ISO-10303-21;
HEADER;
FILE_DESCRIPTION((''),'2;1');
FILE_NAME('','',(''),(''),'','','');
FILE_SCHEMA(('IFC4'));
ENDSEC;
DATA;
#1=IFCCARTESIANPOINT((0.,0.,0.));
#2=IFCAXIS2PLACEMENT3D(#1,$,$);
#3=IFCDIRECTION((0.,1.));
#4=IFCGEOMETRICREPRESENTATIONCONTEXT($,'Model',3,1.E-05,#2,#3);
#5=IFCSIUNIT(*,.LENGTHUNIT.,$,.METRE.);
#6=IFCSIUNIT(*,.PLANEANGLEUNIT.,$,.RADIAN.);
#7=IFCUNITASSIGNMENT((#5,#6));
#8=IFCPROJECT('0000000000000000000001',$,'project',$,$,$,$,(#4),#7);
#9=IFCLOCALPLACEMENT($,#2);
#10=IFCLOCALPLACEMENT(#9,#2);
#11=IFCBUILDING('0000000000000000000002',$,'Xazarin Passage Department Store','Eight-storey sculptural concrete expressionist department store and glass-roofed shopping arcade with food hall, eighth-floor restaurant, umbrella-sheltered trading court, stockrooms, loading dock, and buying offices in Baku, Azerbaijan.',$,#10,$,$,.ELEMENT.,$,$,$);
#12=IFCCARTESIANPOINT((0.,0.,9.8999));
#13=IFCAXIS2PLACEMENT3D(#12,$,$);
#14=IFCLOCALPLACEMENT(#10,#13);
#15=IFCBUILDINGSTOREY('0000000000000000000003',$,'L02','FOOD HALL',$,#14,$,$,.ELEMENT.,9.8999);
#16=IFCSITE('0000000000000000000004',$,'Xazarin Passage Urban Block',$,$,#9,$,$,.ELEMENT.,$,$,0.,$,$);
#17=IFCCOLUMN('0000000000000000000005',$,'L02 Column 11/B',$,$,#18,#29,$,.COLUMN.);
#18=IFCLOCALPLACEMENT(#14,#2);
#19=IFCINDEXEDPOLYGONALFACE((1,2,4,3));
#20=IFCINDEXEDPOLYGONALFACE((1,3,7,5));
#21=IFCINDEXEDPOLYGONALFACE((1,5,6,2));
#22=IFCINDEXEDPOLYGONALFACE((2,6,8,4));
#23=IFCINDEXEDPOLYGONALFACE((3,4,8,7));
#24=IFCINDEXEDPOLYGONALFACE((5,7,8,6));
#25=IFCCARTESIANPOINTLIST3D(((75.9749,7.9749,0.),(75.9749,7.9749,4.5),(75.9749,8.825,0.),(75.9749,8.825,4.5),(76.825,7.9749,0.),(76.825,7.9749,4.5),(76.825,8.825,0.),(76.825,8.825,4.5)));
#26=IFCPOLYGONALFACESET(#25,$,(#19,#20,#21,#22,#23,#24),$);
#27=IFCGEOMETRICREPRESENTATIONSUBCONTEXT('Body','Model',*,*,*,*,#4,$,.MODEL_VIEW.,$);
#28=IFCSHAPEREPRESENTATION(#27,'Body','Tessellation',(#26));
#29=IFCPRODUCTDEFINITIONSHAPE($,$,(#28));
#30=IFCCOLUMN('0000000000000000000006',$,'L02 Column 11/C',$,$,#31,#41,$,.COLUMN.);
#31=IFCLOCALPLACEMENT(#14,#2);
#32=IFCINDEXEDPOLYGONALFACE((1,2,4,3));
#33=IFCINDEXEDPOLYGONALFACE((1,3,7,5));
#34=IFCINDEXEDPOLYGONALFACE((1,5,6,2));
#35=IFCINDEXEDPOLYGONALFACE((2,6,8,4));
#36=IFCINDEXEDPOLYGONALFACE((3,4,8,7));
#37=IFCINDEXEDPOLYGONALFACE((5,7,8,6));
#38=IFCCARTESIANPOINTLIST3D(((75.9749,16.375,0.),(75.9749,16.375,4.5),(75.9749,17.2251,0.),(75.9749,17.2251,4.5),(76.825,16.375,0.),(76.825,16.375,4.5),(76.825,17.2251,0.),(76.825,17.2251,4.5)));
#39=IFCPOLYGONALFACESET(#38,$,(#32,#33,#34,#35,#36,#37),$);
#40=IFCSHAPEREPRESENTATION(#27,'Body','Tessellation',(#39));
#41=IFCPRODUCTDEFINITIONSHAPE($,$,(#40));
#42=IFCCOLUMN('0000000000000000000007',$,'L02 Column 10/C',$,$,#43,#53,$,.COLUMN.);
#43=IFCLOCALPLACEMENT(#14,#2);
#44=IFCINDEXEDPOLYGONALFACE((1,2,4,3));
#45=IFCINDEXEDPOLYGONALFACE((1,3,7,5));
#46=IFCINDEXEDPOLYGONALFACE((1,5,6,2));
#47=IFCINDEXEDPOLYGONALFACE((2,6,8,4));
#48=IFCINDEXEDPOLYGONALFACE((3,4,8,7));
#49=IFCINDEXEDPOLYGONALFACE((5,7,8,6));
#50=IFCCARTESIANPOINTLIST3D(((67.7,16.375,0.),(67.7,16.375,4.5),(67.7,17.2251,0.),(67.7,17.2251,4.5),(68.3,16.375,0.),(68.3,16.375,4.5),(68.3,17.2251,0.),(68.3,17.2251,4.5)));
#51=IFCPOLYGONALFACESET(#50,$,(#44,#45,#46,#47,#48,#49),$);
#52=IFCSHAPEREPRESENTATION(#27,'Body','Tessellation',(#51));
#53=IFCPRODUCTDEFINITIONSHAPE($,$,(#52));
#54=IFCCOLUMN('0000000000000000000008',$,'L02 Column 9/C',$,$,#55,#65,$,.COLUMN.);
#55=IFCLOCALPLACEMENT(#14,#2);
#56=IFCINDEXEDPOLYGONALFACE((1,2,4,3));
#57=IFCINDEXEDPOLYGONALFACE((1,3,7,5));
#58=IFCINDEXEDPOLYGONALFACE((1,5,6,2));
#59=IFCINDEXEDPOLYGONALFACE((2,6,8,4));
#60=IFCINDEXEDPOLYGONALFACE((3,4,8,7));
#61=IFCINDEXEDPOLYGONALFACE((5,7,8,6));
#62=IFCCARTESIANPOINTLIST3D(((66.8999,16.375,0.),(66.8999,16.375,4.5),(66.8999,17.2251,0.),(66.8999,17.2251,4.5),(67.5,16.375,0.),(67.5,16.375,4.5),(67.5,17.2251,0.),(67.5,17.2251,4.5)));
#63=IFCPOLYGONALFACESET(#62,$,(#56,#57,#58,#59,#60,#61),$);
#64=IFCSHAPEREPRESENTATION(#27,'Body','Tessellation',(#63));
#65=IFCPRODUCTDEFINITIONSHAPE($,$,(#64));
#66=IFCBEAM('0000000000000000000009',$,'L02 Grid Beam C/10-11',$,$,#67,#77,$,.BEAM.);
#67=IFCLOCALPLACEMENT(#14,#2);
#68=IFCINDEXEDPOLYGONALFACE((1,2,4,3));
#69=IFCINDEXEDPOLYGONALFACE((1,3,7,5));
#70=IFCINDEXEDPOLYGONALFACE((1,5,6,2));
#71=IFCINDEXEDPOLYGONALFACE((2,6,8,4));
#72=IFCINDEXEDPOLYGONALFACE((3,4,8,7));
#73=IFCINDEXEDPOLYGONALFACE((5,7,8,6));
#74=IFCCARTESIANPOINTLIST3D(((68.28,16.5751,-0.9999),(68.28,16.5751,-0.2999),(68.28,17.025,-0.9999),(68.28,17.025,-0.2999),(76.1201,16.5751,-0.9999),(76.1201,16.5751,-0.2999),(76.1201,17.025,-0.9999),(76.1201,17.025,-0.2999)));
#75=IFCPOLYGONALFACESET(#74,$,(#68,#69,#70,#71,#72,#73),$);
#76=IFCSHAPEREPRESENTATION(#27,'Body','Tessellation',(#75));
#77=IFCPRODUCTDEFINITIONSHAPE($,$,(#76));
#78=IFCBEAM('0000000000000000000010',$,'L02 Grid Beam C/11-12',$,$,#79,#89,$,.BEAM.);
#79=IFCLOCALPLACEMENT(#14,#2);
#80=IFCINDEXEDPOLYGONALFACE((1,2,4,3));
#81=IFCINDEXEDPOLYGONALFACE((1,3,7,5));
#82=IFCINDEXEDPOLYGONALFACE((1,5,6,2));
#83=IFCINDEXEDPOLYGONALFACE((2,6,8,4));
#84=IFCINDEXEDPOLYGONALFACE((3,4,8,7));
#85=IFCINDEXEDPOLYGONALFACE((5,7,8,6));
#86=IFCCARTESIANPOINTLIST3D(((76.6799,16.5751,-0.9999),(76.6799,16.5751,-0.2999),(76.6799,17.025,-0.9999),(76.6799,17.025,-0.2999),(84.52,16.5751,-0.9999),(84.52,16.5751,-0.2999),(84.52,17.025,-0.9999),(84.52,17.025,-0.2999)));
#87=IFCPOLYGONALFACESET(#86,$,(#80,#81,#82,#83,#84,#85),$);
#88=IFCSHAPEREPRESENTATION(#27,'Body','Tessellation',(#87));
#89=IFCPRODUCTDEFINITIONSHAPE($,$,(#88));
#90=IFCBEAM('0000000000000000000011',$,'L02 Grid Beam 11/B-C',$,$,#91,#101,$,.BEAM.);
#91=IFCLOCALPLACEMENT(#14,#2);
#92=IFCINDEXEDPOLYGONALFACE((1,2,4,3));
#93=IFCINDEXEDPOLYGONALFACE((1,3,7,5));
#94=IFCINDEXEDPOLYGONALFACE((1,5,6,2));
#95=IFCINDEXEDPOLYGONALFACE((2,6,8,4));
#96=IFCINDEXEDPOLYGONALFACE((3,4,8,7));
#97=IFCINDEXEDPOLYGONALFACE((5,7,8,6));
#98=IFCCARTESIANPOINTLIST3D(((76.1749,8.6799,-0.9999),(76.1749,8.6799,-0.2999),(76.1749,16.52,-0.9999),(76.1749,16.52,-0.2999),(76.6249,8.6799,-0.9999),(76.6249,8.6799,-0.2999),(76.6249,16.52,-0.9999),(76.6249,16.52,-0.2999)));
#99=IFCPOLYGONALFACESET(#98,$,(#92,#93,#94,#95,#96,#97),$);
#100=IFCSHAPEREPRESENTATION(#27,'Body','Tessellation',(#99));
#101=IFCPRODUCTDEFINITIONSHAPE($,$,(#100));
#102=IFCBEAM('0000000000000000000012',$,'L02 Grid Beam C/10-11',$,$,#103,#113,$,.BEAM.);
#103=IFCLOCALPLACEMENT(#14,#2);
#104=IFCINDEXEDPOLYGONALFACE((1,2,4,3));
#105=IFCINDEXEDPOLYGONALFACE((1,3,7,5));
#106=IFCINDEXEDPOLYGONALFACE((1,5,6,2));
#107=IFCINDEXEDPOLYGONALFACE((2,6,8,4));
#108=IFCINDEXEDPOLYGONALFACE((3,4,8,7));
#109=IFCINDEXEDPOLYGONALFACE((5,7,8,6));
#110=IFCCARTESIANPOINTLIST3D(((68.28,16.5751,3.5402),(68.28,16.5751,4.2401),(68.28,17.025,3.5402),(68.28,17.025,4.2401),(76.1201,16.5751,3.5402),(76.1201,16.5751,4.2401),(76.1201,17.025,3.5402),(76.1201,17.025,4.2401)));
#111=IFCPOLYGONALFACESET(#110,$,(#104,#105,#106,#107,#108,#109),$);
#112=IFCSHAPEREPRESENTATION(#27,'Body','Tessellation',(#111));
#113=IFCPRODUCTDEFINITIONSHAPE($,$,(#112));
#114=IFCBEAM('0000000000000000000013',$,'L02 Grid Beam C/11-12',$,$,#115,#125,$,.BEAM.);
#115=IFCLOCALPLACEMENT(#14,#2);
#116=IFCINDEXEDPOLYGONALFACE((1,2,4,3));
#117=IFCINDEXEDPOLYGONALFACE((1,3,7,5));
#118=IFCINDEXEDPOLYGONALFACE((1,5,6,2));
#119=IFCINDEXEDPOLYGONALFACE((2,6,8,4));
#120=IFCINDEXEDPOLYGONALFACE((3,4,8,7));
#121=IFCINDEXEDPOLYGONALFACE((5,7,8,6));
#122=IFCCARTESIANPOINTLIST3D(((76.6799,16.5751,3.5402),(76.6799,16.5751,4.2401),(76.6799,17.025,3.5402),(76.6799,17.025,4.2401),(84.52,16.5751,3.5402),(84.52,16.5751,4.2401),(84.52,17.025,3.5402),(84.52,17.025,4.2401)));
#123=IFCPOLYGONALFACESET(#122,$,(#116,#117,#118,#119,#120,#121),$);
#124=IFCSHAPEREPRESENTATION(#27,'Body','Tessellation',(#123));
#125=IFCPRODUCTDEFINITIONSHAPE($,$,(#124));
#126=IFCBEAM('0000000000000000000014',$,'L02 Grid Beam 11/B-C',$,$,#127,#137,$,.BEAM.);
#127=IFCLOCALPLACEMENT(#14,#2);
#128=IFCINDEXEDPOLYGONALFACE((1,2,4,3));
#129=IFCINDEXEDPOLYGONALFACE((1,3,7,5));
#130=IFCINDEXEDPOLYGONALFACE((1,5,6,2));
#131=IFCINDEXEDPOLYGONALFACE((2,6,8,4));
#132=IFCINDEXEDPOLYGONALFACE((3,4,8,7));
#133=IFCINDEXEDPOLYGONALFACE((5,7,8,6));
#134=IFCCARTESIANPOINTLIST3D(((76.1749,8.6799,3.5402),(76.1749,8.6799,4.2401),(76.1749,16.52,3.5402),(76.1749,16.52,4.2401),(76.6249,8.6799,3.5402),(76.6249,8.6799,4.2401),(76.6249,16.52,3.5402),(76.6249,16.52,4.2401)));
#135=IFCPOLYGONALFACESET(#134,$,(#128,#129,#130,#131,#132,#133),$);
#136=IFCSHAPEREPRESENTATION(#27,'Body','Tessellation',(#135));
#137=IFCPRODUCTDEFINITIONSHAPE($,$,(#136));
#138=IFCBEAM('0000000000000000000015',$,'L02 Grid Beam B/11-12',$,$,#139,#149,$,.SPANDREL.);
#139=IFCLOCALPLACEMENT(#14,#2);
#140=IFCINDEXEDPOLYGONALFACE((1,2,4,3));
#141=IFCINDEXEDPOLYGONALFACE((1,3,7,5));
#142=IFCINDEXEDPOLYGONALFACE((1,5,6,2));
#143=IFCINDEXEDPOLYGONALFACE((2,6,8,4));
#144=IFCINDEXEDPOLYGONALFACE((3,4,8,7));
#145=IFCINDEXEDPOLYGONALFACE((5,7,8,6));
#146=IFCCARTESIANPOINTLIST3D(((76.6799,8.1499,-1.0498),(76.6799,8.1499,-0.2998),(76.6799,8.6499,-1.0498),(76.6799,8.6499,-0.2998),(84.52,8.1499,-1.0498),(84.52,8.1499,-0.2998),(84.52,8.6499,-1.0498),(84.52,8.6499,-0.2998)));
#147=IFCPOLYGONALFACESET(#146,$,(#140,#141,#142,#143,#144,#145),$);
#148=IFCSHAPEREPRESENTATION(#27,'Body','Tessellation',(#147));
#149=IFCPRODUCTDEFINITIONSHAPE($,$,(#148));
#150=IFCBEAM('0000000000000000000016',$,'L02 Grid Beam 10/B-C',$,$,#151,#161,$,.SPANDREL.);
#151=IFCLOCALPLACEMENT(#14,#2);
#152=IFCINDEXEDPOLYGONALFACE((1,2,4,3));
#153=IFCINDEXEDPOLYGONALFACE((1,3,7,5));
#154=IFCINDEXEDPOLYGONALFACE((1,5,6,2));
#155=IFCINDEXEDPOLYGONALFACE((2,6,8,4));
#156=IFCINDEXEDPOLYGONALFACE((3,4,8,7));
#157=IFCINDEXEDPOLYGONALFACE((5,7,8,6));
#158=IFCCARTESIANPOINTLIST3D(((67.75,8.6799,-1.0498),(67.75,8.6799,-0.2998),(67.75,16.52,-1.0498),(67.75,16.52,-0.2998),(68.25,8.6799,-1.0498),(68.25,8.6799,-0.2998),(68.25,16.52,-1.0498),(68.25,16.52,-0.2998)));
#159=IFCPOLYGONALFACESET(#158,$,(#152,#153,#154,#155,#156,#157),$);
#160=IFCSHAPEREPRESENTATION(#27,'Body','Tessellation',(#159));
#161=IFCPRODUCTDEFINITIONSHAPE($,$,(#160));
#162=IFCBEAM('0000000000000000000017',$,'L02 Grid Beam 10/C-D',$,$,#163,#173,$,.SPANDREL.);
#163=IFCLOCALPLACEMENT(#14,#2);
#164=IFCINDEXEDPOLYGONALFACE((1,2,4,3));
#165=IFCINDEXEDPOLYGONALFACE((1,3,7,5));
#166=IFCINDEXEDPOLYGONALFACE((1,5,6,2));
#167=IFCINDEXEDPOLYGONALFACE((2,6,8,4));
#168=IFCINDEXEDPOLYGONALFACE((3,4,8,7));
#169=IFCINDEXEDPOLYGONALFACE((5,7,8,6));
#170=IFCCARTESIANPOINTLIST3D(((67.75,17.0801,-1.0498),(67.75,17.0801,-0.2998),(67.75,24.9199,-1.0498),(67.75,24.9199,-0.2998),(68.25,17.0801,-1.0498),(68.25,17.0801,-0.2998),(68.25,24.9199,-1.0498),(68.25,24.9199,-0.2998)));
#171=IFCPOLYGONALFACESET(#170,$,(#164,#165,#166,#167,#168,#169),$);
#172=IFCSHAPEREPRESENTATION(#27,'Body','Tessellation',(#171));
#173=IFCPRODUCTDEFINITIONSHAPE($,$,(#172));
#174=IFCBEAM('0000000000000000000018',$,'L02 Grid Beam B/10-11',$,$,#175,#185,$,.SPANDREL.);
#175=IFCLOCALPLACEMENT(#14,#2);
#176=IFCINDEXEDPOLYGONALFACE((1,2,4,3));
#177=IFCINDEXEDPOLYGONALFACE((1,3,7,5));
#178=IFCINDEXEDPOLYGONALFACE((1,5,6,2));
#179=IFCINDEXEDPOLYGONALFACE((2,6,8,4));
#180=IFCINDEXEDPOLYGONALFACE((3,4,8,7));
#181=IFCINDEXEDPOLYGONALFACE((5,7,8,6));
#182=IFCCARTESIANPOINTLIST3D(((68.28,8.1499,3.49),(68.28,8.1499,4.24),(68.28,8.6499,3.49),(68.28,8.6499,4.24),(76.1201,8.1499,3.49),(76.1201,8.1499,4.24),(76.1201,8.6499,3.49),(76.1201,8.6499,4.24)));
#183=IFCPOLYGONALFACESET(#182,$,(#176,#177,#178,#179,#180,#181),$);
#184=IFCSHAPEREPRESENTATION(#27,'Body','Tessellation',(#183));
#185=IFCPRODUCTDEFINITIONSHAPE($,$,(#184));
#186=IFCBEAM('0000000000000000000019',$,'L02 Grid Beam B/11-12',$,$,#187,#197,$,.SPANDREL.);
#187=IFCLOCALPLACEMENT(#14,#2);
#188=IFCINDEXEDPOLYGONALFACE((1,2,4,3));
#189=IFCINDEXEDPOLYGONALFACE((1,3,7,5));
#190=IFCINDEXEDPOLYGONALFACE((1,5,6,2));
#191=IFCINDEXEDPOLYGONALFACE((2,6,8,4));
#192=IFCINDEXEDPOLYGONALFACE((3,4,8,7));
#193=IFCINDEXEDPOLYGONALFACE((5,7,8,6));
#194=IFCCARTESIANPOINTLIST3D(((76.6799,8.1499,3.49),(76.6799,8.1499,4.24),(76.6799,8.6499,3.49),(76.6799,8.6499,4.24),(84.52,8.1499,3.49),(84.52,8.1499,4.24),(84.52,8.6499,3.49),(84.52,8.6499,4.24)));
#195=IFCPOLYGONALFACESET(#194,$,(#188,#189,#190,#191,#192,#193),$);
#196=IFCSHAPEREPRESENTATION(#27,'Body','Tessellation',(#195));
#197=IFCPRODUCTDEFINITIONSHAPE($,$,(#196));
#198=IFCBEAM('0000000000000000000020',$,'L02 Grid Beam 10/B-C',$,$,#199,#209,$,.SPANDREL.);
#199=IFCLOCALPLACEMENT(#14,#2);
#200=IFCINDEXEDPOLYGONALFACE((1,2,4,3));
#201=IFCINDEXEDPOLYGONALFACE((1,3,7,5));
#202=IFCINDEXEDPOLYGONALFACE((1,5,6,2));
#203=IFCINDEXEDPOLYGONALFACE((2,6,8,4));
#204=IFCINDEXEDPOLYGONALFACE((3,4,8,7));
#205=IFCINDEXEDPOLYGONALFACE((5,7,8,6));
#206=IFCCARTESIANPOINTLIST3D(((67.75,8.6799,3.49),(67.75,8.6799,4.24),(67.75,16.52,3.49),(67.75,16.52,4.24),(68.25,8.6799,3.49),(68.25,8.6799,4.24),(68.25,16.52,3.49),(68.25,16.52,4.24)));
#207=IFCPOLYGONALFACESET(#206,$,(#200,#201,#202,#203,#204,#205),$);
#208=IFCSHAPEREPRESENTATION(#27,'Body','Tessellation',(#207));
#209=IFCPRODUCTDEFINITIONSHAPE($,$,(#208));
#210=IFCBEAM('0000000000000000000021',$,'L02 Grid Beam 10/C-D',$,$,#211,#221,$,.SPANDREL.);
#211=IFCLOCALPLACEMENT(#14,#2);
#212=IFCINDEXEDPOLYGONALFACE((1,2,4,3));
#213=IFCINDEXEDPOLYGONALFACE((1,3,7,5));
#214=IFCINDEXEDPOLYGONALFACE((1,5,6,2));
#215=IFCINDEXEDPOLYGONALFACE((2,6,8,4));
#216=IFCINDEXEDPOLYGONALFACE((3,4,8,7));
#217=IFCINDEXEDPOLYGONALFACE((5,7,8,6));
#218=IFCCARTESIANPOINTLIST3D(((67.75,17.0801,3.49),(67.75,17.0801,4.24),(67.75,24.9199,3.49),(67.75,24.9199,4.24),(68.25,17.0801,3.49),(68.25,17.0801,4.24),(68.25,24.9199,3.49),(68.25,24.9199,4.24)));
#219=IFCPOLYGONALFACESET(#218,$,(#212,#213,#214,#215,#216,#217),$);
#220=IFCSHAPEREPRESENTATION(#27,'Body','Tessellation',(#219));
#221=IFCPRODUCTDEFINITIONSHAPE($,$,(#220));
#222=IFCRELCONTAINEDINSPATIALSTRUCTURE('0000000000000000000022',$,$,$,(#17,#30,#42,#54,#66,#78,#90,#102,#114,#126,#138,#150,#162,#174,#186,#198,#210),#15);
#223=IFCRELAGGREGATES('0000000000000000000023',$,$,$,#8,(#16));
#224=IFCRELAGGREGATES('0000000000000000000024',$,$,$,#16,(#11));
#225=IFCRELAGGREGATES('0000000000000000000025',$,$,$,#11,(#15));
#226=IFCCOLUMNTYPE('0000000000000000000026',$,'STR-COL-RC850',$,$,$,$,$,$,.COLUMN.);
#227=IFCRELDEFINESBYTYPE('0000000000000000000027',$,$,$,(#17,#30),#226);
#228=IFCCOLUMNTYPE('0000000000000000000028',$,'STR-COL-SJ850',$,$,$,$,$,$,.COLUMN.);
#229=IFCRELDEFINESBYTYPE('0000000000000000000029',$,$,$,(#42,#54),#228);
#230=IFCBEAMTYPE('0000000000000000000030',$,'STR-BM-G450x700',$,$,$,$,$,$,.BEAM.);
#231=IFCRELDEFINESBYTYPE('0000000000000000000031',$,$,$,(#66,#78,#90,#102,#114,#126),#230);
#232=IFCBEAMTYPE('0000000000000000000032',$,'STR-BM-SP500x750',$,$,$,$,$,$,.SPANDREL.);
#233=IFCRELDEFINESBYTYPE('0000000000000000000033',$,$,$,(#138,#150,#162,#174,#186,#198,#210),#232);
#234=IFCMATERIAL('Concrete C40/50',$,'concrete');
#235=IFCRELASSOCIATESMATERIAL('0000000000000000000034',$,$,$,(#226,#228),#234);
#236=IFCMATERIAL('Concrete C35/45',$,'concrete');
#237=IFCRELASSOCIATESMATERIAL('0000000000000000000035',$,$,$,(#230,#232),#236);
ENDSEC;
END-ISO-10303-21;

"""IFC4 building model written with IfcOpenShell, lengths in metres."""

from ifc_helpers import new_model, si_unit, direction, frame, origin, origin_2d, place, context, subcontext, project, spatial, rectangle, extrude, material, material_profile, profile_set, type_object, element, save


model = new_model("IFC4")

# Units and contexts
model_context = context("Model", 3, precision=1e-05, world=origin(), true_north=direction((0.0, 1.0)))
body_context = subcontext(model_context, "Body", "Model", "MODEL_VIEW")
ifc_project = project(units=[si_unit("LENGTHUNIT", "METRE"), si_unit("PLANEANGLEUNIT", "RADIAN")], contexts=[model_context])

# Site, building, storey
site_placement = place(None, origin())
site = spatial("IfcSite", under=ifc_project, at=site_placement, Name="Xazarin Passage Urban Block", CompositionType="ELEMENT", RefElevation=0.0)
building_placement = place(site_placement, origin())
building = spatial("IfcBuilding", under=site, at=building_placement, Name="Xazarin Passage Department Store", Description="Eight-storey sculptural concrete expressionist department store and glass-roofed shopping arcade with food hall, eighth-floor restaurant, umbrella-sheltered trading court, stockrooms, loading dock, and buying offices in Baku, Azerbaijan.", CompositionType="ELEMENT")
storey_placement = place(building_placement, frame((0.0, 0.0, 9.8999)))
storey = spatial("IfcBuildingStorey", under=building, at=storey_placement, Name="L02", Description="FOOD HALL", CompositionType="ELEMENT", Elevation=9.8999)

# Columns
ifc_material_1 = material(Name="Concrete C40/50", Category="concrete")
ifc_material_profile_1 = material_profile(ifc_material_1, rectangle(XDim=0.8501, YDim=0.8501, at=origin_2d()), Name="RC 850x850")
ifc_profile_set_1 = profile_set([ifc_material_profile_1], Name="Concrete C40/50")
column_type_1 = type_object("IfcColumnType", Name="STR-COL-RC850", PredefinedType="COLUMN", material=ifc_profile_set_1)
for number, where, z_axis, x_axis, name in (
    (1, (76.3999, 8.3999, 0.0), (0.0, 0.0, 1.0), (1.0, 0.0, 0.0), "L02 Column 11/B"),
    (2, (76.3999, 16.8, 0.0), (0.0, 0.0, 1.0), (1.0, 0.0, 0.0), "L02 Column 11/C"),
):
    element("IfcColumn", number, at=place(storey_placement, frame(where, z_axis=z_axis, x_axis=x_axis)), inside=storey, type_object=column_type_1, Name=name, PredefinedType="COLUMN", context=body_context, shape_type="SweptSolid", body=[
        extrude(rectangle(XDim=0.8501, YDim=0.8501, at=origin_2d()), origin(), (0.0, 0.0, 1.0), 4.5),
    ])
ifc_material_profile_2 = material_profile(ifc_material_1, rectangle(XDim=0.6001, YDim=0.8501, at=origin_2d()), Name="RC 600x850")
ifc_profile_set_2 = profile_set([ifc_material_profile_2], Name="Concrete C40/50")
column_type_2 = type_object("IfcColumnType", Name="STR-COL-SJ850", PredefinedType="COLUMN", material=ifc_profile_set_2)
for number, where, z_axis, x_axis, name in (
    (3, (68.0, 16.8, 0.0), (0.0, 0.0, 1.0), (1.0, 0.0, 0.0), "L02 Column 10/C"),
    (4, (67.2, 16.8, 0.0), (0.0, 0.0, 1.0), (1.0, 0.0, 0.0), "L02 Column 9/C"),
):
    element("IfcColumn", number, at=place(storey_placement, frame(where, z_axis=z_axis, x_axis=x_axis)), inside=storey, type_object=column_type_2, Name=name, PredefinedType="COLUMN", context=body_context, shape_type="SweptSolid", body=[
        extrude(rectangle(XDim=0.6001, YDim=0.8501, at=origin_2d()), origin(), (0.0, 0.0, 1.0), 4.5),
    ])

# Beams
ifc_material_2 = material(Name="Concrete C35/45", Category="concrete")
ifc_material_profile_3 = material_profile(ifc_material_2, rectangle(XDim=0.45, YDim=0.7, at=origin_2d()), Name="RC 450x700")
ifc_profile_set_3 = profile_set([ifc_material_profile_3], Name="Concrete C35/45")
beam_type_1 = type_object("IfcBeamType", Name="STR-BM-G450x700", PredefinedType="BEAM", material=ifc_profile_set_3)
for number, where, z_axis, x_axis, name in (
    (5, (68.28, 16.8, -0.6499), (1.0, 0.0, 0.0), (0.0, 1.0, 0.0), "L02 Grid Beam C/10-11"),
    (6, (76.6799, 16.8, -0.6499), (1.0, 0.0, 0.0), (0.0, 1.0, 0.0), "L02 Grid Beam C/11-12"),
    (7, (76.3999, 8.6799, -0.6499), (0.0, 1.0, 0.0), (-1.0, 0.0, 0.0), "L02 Grid Beam 11/B-C"),
    (8, (68.28, 16.8, 3.8901), (1.0, 0.0, 0.0), (0.0, 1.0, 0.0), "L02 Grid Beam C/10-11"),
    (9, (76.6799, 16.8, 3.8901), (1.0, 0.0, 0.0), (0.0, 1.0, 0.0), "L02 Grid Beam C/11-12"),
    (10, (76.3999, 8.6799, 3.8901), (0.0, 1.0, 0.0), (-1.0, 0.0, 0.0), "L02 Grid Beam 11/B-C"),
):
    element("IfcBeam", number, at=place(storey_placement, frame(where, z_axis=z_axis, x_axis=x_axis)), inside=storey, type_object=beam_type_1, Name=name, PredefinedType="BEAM", context=body_context, shape_type="SweptSolid", body=[
        extrude(rectangle(XDim=0.45, YDim=0.7, at=origin_2d()), origin(), (0.0, 0.0, 1.0), 7.8401),
    ])
ifc_material_profile_4 = material_profile(ifc_material_2, rectangle(XDim=0.5, YDim=0.75, at=origin_2d()), Name="RC 500x750")
ifc_profile_set_4 = profile_set([ifc_material_profile_4], Name="Concrete C35/45")
beam_type_2 = type_object("IfcBeamType", Name="STR-BM-SP500x750", PredefinedType="SPANDREL", material=ifc_profile_set_4)
for number, where, z_axis, x_axis, name in (
    (11, (76.6799, 8.3999, -0.6748), (1.0, 0.0, 0.0), (0.0, 1.0, 0.0), "L02 Grid Beam B/11-12"),
    (12, (68.0, 8.6799, -0.6748), (0.0, 1.0, 0.0), (-1.0, 0.0, 0.0), "L02 Grid Beam 10/B-C"),
):
    element("IfcBeam", number, at=place(storey_placement, frame(where, z_axis=z_axis, x_axis=x_axis)), inside=storey, type_object=beam_type_2, Name=name, PredefinedType="SPANDREL", context=body_context, shape_type="SweptSolid", body=[
        extrude(rectangle(XDim=0.5, YDim=0.75, at=origin_2d()), origin(), (0.0, 0.0, 1.0), 7.8401),
    ])
beam_placement = place(storey_placement, frame((68.0, 17.0801, -0.6748), z_axis=(0.0, 1.0, 0.0), x_axis=(-1.0, 0.0, 0.0)))
element("IfcBeam", 13, at=beam_placement, inside=storey, type_object=beam_type_2, Name="L02 Grid Beam 10/C-D", PredefinedType="SPANDREL", context=body_context, shape_type="SweptSolid", body=[
    extrude(rectangle(XDim=0.5, YDim=0.75, at=origin_2d()), origin(), (0.0, 0.0, 1.0), 7.8398),
])
for number, where, z_axis, x_axis, name in (
    (14, (68.28, 8.3999, 3.865), (1.0, 0.0, 0.0), (0.0, 1.0, 0.0), "L02 Grid Beam B/10-11"),
    (15, (76.6799, 8.3999, 3.865), (1.0, 0.0, 0.0), (0.0, 1.0, 0.0), "L02 Grid Beam B/11-12"),
    (16, (68.0, 8.6799, 3.865), (0.0, 1.0, 0.0), (-1.0, 0.0, 0.0), "L02 Grid Beam 10/B-C"),
):
    element("IfcBeam", number, at=place(storey_placement, frame(where, z_axis=z_axis, x_axis=x_axis)), inside=storey, type_object=beam_type_2, Name=name, PredefinedType="SPANDREL", context=body_context, shape_type="SweptSolid", body=[
        extrude(rectangle(XDim=0.5, YDim=0.75, at=origin_2d()), origin(), (0.0, 0.0, 1.0), 7.8401),
    ])
for number, where, z_axis, x_axis, name in (
    (17, (68.0, 17.0801, 3.865), (0.0, 1.0, 0.0), (-1.0, 0.0, 0.0), "L02 Grid Beam 10/C-D"),
):
    element("IfcBeam", number, at=place(storey_placement, frame(where, z_axis=z_axis, x_axis=x_axis)), inside=storey, type_object=beam_type_2, Name=name, PredefinedType="SPANDREL", context=body_context, shape_type="SweptSolid", body=[
        extrude(rectangle(XDim=0.5, YDim=0.75, at=origin_2d()), origin(), (0.0, 0.0, 1.0), 7.8398),
    ])

save(model, "model.ifc")
